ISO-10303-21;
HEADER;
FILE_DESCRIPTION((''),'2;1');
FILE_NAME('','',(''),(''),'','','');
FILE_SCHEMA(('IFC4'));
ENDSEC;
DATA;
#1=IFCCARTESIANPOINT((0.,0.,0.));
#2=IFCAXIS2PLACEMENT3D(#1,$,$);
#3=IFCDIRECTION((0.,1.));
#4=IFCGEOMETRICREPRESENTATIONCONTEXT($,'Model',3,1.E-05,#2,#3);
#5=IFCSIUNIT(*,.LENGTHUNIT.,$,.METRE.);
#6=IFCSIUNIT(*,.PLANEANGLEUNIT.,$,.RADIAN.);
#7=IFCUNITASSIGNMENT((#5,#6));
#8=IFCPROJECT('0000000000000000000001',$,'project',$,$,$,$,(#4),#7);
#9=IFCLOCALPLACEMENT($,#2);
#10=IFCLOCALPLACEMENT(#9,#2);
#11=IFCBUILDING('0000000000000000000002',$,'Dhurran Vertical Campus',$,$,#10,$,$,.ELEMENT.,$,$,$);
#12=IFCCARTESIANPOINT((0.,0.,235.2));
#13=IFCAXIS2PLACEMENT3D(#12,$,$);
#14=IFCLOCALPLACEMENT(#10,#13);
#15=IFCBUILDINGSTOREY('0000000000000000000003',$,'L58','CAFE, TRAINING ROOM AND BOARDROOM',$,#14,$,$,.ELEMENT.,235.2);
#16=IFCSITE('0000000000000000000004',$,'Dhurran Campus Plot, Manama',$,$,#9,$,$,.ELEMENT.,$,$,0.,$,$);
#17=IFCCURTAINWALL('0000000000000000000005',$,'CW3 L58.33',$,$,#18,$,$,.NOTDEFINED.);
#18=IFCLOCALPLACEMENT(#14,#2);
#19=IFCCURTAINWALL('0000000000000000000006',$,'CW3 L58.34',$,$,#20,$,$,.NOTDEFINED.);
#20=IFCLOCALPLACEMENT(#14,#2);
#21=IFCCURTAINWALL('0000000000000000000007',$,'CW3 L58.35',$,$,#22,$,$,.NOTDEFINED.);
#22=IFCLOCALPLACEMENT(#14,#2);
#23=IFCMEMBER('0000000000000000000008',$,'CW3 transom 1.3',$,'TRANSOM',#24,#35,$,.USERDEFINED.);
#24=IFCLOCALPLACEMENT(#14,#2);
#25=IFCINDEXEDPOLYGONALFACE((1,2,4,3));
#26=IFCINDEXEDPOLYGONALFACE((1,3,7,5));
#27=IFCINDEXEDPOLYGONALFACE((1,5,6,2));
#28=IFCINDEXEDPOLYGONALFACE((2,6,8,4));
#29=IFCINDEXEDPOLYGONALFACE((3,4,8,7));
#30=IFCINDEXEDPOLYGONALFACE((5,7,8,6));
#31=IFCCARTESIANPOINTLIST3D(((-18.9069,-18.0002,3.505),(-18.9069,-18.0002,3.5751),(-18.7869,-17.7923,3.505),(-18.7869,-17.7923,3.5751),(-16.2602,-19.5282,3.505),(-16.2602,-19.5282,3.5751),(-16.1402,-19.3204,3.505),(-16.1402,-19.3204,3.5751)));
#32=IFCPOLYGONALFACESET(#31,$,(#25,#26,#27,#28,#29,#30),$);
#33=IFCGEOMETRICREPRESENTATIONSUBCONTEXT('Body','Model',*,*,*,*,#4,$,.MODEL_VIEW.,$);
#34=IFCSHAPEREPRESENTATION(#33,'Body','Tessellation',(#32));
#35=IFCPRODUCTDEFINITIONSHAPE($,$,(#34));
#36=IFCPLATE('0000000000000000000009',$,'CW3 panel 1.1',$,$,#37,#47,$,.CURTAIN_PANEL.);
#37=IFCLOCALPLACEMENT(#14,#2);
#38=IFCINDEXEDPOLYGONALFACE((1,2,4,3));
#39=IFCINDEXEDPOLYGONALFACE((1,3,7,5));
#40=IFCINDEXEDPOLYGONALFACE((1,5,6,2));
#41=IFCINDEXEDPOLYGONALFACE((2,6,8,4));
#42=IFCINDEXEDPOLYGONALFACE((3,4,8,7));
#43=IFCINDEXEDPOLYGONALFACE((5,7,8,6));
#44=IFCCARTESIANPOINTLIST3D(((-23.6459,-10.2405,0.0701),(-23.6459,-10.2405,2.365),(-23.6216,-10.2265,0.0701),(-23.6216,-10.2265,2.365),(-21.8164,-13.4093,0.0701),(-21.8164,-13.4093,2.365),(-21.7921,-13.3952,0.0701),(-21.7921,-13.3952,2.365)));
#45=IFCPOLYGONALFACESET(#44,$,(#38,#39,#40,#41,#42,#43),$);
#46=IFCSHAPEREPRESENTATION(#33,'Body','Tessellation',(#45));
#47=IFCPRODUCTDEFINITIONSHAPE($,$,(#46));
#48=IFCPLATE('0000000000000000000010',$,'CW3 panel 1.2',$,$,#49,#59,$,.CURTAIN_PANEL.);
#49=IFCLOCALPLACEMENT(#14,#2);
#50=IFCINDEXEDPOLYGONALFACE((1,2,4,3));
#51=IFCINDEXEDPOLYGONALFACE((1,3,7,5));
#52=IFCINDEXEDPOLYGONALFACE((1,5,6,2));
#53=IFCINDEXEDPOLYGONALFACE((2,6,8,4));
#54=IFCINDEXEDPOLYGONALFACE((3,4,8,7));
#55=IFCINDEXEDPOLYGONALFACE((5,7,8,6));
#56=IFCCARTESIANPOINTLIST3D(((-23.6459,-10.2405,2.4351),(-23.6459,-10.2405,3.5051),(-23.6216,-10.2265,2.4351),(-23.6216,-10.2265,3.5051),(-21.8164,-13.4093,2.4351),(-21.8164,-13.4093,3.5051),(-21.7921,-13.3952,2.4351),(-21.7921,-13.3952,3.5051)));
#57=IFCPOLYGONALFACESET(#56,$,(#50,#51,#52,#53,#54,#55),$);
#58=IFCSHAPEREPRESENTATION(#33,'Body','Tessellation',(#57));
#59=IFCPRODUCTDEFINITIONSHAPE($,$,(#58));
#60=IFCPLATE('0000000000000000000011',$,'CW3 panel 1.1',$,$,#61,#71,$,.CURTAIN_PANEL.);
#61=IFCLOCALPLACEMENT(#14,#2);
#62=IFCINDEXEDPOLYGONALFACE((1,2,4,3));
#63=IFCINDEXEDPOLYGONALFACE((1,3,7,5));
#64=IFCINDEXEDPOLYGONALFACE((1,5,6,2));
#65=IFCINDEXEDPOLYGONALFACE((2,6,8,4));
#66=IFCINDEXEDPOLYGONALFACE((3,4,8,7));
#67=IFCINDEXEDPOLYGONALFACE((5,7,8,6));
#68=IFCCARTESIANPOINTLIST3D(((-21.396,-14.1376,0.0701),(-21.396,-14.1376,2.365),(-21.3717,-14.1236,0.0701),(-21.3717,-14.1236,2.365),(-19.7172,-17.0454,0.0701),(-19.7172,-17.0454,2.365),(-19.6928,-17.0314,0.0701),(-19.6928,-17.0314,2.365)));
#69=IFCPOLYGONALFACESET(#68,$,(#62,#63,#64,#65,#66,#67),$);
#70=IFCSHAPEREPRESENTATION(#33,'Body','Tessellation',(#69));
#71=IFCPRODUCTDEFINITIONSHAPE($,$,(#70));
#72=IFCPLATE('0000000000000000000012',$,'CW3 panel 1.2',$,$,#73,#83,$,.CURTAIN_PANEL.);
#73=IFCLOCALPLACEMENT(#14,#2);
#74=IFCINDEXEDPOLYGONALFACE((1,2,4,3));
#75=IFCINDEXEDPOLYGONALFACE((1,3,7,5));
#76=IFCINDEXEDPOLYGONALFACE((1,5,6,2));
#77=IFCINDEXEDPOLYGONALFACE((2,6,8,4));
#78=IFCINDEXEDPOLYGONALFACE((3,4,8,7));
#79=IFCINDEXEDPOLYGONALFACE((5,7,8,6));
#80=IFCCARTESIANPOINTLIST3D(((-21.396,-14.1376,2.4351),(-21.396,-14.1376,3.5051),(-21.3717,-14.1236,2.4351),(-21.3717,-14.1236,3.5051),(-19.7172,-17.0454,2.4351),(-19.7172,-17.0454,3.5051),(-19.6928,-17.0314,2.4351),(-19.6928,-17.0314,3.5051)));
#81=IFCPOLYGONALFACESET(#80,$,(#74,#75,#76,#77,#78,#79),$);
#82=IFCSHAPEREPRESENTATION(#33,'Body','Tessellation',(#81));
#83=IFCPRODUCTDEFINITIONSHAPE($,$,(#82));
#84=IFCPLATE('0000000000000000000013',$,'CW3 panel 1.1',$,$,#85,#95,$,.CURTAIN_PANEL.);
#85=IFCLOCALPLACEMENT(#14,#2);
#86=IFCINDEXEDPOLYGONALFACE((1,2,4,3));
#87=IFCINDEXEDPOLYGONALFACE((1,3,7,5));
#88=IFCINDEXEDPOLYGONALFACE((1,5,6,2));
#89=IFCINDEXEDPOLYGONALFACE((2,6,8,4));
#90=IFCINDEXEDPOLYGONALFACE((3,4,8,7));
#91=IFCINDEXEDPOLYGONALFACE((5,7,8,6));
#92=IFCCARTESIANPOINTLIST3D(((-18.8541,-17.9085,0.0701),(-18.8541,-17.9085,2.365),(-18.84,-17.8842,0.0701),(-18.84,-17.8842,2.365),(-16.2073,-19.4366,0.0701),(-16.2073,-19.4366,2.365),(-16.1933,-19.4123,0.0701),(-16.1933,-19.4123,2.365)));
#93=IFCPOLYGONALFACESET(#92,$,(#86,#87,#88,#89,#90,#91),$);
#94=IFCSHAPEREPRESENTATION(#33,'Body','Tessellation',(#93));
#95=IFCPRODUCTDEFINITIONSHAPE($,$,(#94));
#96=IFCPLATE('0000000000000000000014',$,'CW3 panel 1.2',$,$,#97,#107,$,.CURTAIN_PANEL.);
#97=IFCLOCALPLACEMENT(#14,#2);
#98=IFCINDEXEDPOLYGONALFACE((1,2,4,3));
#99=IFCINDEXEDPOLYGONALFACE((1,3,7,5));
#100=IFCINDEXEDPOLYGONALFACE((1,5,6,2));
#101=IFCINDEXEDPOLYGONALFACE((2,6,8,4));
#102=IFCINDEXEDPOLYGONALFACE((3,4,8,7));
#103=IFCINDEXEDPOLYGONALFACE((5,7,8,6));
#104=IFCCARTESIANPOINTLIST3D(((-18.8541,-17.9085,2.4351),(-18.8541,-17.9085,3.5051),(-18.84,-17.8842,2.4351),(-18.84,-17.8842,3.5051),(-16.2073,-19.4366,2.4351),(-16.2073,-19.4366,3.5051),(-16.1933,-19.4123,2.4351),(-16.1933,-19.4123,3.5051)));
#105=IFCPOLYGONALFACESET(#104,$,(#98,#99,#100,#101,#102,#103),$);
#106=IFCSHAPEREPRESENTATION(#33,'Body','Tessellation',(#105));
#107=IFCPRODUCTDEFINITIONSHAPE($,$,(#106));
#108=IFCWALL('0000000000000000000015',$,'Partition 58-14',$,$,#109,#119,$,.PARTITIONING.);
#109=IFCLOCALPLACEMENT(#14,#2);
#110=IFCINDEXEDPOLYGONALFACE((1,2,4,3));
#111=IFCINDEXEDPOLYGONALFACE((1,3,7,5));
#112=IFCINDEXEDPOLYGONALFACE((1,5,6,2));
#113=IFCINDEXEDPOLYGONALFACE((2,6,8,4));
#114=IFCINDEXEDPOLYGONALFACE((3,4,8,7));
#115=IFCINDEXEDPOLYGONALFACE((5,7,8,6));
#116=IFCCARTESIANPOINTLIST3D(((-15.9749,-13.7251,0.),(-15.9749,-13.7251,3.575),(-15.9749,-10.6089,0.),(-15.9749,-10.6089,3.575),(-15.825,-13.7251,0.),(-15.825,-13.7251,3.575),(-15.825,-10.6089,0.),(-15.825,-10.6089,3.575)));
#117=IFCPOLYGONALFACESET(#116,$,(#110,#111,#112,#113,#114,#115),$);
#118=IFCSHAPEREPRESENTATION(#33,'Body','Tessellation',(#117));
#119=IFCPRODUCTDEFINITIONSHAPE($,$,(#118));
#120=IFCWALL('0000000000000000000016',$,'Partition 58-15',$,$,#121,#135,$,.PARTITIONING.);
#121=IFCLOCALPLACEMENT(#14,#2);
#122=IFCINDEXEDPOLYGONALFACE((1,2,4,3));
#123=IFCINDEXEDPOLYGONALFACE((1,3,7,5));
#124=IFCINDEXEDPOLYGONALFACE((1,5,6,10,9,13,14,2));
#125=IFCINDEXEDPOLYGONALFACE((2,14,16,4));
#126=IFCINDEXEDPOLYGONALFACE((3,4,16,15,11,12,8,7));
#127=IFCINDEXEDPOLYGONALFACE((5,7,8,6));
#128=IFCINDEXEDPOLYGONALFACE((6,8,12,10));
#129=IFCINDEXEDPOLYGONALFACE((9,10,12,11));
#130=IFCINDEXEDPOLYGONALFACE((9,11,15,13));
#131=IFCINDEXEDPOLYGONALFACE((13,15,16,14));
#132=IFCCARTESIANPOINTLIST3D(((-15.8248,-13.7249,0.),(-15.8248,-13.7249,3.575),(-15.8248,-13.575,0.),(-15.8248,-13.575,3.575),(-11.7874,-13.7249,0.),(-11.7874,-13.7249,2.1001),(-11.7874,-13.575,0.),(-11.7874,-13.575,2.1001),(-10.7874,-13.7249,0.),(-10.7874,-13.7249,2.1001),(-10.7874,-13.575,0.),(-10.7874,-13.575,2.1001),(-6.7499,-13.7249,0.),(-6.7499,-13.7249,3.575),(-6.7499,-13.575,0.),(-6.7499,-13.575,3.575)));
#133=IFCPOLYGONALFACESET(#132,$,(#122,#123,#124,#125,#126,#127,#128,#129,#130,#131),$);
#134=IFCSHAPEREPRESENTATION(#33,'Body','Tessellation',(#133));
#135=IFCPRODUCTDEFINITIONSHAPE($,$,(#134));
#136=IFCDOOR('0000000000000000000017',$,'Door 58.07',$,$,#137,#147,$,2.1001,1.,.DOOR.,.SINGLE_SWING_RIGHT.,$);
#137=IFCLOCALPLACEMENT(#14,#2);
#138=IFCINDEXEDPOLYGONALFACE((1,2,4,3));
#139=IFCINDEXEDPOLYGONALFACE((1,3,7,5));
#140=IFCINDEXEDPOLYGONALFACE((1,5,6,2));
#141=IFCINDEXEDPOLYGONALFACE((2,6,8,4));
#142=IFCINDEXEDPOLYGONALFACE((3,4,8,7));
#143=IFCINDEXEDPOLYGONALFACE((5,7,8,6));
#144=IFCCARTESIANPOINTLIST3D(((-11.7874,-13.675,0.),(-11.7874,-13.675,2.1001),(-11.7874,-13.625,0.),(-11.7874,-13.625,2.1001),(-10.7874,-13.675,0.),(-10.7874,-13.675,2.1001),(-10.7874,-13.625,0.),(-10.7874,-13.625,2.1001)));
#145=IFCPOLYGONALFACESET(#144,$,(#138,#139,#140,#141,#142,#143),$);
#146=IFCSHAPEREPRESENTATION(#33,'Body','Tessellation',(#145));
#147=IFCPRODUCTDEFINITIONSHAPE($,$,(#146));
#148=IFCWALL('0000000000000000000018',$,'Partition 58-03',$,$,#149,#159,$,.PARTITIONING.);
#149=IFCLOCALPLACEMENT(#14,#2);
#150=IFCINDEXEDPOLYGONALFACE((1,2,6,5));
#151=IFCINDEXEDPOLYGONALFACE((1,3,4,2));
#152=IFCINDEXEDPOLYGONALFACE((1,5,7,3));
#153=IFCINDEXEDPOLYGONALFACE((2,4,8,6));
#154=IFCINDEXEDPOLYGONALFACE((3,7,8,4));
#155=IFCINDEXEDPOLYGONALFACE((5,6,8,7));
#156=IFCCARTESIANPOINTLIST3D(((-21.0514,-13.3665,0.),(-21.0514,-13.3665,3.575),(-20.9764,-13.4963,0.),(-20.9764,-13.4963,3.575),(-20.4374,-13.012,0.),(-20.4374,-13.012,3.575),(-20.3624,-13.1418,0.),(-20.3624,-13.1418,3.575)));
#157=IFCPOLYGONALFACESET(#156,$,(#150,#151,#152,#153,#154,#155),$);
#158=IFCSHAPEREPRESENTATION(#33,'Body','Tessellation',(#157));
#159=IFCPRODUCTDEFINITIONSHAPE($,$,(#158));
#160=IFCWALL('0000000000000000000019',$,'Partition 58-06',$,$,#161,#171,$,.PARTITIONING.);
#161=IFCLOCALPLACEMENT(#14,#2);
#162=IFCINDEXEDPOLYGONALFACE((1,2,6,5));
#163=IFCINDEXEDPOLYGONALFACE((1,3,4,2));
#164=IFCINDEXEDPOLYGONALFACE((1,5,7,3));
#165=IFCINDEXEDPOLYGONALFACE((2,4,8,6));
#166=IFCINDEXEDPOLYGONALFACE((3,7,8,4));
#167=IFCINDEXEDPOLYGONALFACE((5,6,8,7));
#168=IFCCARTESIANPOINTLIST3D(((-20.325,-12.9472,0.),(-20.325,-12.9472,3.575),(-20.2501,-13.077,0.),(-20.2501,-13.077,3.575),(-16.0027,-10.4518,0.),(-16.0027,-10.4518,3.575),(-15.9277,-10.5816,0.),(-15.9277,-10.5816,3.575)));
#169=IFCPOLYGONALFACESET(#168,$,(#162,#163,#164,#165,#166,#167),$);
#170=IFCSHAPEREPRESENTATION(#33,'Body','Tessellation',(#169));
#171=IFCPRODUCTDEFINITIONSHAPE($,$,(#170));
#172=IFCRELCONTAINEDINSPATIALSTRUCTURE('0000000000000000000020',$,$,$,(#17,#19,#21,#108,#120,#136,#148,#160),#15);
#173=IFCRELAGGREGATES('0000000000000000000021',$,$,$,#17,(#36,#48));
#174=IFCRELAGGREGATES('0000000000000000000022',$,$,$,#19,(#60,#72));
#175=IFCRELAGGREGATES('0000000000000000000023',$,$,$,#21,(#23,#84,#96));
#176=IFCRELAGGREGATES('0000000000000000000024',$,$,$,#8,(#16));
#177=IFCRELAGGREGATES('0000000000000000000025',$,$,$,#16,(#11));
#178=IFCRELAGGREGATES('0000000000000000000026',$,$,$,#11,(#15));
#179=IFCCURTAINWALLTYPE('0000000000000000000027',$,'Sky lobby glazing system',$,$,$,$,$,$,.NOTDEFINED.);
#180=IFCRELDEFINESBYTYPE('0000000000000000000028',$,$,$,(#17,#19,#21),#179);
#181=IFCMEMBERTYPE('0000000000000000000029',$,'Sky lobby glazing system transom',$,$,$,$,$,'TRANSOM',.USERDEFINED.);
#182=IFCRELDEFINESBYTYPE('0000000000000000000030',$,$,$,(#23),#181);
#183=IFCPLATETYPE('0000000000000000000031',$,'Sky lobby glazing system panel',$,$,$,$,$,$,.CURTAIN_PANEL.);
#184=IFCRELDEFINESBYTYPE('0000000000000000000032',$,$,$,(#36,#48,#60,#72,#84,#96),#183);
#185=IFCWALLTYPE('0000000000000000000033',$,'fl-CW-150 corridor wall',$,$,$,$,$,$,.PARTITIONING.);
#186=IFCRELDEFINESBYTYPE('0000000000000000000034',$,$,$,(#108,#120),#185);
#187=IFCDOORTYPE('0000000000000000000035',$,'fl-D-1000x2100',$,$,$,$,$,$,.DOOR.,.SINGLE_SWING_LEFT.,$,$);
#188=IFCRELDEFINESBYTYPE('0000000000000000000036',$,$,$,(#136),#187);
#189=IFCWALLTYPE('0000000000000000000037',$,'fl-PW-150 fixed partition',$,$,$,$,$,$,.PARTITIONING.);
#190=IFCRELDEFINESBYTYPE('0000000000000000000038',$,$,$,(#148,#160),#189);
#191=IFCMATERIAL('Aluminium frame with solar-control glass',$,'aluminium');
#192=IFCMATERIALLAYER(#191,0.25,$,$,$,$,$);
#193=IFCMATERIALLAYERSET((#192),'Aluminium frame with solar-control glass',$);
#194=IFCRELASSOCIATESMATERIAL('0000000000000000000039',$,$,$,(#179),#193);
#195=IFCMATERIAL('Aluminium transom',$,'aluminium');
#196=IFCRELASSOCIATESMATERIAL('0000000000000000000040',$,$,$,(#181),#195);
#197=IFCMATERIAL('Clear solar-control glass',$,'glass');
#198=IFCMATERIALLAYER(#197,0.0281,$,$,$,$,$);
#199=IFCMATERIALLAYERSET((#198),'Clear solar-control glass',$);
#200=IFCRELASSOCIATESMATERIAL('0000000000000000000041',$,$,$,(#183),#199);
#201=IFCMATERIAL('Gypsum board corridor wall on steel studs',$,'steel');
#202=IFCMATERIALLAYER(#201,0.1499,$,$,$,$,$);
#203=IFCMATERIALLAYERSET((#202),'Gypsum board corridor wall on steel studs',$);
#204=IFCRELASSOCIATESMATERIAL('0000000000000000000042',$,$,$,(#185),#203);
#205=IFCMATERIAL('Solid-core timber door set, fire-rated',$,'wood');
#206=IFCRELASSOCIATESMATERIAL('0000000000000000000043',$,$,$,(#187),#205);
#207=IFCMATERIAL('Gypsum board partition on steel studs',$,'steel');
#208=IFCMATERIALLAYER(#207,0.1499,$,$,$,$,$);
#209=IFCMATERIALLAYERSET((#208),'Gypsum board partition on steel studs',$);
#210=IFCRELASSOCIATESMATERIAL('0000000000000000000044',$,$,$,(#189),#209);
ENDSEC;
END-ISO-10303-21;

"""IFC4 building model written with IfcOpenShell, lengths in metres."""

from ifc_helpers import new_model, si_unit, direction, frame, frame_2d, origin, origin_2d, place, context, subcontext, project, spatial, rectangle, extrude, material, layer, layer_set, material_profile, profile_set, type_object, element, fill, aggregate, save


model = new_model("IFC4")

# Units and contexts
model_context = context("Model", 3, precision=1e-05, world=origin(), true_north=direction((0.0, 1.0)))
body_context = subcontext(model_context, "Body", "Model", "MODEL_VIEW")
ifc_project = project(units=[si_unit("LENGTHUNIT", "METRE"), si_unit("PLANEANGLEUNIT", "RADIAN")], contexts=[model_context])

# Site, building, storey
site_placement = place(None, origin())
site = spatial("IfcSite", under=ifc_project, at=site_placement, Name="Dhurran Campus Plot, Manama", CompositionType="ELEMENT", RefElevation=0.0)
building_placement = place(site_placement, origin())
building = spatial("IfcBuilding", under=site, at=building_placement, Name="Dhurran Vertical Campus", CompositionType="ELEMENT")
storey_placement = place(building_placement, frame((0.0, 0.0, 235.2)))
storey = spatial("IfcBuildingStorey", under=building, at=storey_placement, Name="L58", Description="CAFE, TRAINING ROOM AND BOARDROOM", CompositionType="ELEMENT", Elevation=235.2)

# Curtain wall
ifc_material_1 = material(Name="Aluminium frame with solar-control glass", Category="aluminium")
ifc_layer_1 = layer(ifc_material_1, 0.25)
ifc_layer_set_1 = layer_set([ifc_layer_1], Name="Aluminium frame with solar-control glass")
curtain_wall_type = type_object("IfcCurtainWallType", Name="Sky lobby glazing system", PredefinedType="NOTDEFINED", material=ifc_layer_set_1)
curtain_wall_1_placement = place(storey_placement, origin())
curtain_wall_1 = element("IfcCurtainWall", 1, at=curtain_wall_1_placement, inside=storey, type_object=curtain_wall_type, Name="CW3 L58.33", PredefinedType="NOTDEFINED")

# Curtain walls
curtain_wall_2_placement = place(storey_placement, origin())
curtain_wall_2 = element("IfcCurtainWall", 2, at=curtain_wall_2_placement, inside=storey, type_object=curtain_wall_type, Name="CW3 L58.34", PredefinedType="NOTDEFINED")
curtain_wall_3_placement = place(storey_placement, origin())
curtain_wall_3 = element("IfcCurtainWall", 3, at=curtain_wall_3_placement, inside=storey, type_object=curtain_wall_type, Name="CW3 L58.35", PredefinedType="NOTDEFINED")

# Member
ifc_material_2 = material(Name="Aluminium transom", Category="aluminium")
ifc_material_profile_1 = material_profile(ifc_material_2, rectangle(XDim=0.24, YDim=0.0701, at=origin_2d()), Name="Sky lobby glazing system transom")
ifc_profile_set_1 = profile_set([ifc_material_profile_1], Name="Aluminium transom")
member_type_1 = type_object("IfcMemberType", Name="Sky lobby glazing system transom", ElementType="TRANSOM", PredefinedType="USERDEFINED", material=ifc_profile_set_1)
member_1_placement = place(storey_placement, frame((-18.8469, -17.8962, 3.54), z_axis=(0.866027, -0.499997, 0.0), x_axis=(0.499997, 0.866027, 0.0)))
member_1 = element("IfcMember", 4, at=member_1_placement, type_object=member_type_1, Name="CW3 transom 1.3", ObjectType="TRANSOM", PredefinedType="USERDEFINED", context=body_context, shape_type="SweptSolid", body=[
    extrude(rectangle(XDim=0.24, YDim=0.0701, at=origin_2d()), origin(), (0.0, 0.0, 1.0), 3.0562),
])

# Plates
ifc_material_3 = material(Name="Clear solar-control glass", Category="glass")
ifc_layer_2 = layer(ifc_material_3, 0.0281)
ifc_layer_set_2 = layer_set([ifc_layer_2], Name="Clear solar-control glass")
plate_type = type_object("IfcPlateType", Name="Sky lobby glazing system panel", PredefinedType="CURTAIN_PANEL", material=ifc_layer_set_2)
plate_1_placement = place(storey_placement, frame((-22.719, -11.8179, 0.0701), z_axis=(0.0, 0.0, 1.0), x_axis=(0.500003, -0.866023, 0.0)))
plate_1 = element("IfcPlate", 5, at=plate_1_placement, type_object=plate_type, Name="CW3 panel 1.1", PredefinedType="CURTAIN_PANEL", context=body_context, shape_type="SweptSolid", body=[
    extrude(rectangle(XDim=3.6589, YDim=0.0281, at=origin_2d()), origin(), (0.0, 0.0, 1.0), 2.2949),
])
plate_2_placement = place(storey_placement, frame((-22.719, -11.8179, 2.4351), z_axis=(0.0, 0.0, 1.0), x_axis=(0.500003, -0.866023, 0.0)))
plate_2 = element("IfcPlate", 6, at=plate_2_placement, type_object=plate_type, Name="CW3 panel 1.2", PredefinedType="CURTAIN_PANEL", context=body_context, shape_type="SweptSolid", body=[
    extrude(rectangle(XDim=3.6589, YDim=0.0281, at=origin_2d()), origin(), (0.0, 0.0, 1.0), 1.0701),
])
aggregate(curtain_wall_1, [plate_1, plate_2])
plate_3_placement = place(storey_placement, frame((-20.5444, -15.5845, 0.0701), z_axis=(0.0, 0.0, 1.0), x_axis=(0.50001, -0.866019, 0.0)))
plate_3 = element("IfcPlate", 7, at=plate_3_placement, type_object=plate_type, Name="CW3 panel 1.1", PredefinedType="CURTAIN_PANEL", context=body_context, shape_type="SweptSolid", body=[
    extrude(rectangle(XDim=3.3577, YDim=0.0281, at=origin_2d()), origin(), (0.0, 0.0, 1.0), 2.2949),
])
plate_4_placement = place(storey_placement, frame((-20.5444, -15.5845, 2.4351), z_axis=(0.0, 0.0, 1.0), x_axis=(0.50001, -0.866019, 0.0)))
plate_4 = element("IfcPlate", 8, at=plate_4_placement, type_object=plate_type, Name="CW3 panel 1.2", PredefinedType="CURTAIN_PANEL", context=body_context, shape_type="SweptSolid", body=[
    extrude(rectangle(XDim=3.3577, YDim=0.0281, at=origin_2d()), origin(), (0.0, 0.0, 1.0), 1.0701),
])
aggregate(curtain_wall_2, [plate_3, plate_4])
plate_5_placement = place(storey_placement, frame((-17.5237, -18.6604, 0.0701), z_axis=(0.0, 0.0, 1.0), x_axis=(0.866026, -0.499999, 0.0)))
plate_5 = element("IfcPlate", 9, at=plate_5_placement, type_object=plate_type, Name="CW3 panel 1.1", PredefinedType="CURTAIN_PANEL", context=body_context, shape_type="SweptSolid", body=[
    extrude(rectangle(XDim=3.0562, YDim=0.0281, at=origin_2d()), origin(), (0.0, 0.0, 1.0), 2.2949),
])
plate_6_placement = place(storey_placement, frame((-17.5237, -18.6604, 2.4351), z_axis=(0.0, 0.0, 1.0), x_axis=(0.866026, -0.499999, 0.0)))
plate_6 = element("IfcPlate", 10, at=plate_6_placement, type_object=plate_type, Name="CW3 panel 1.2", PredefinedType="CURTAIN_PANEL", context=body_context, shape_type="SweptSolid", body=[
    extrude(rectangle(XDim=3.0562, YDim=0.0281, at=origin_2d()), origin(), (0.0, 0.0, 1.0), 1.0701),
])
aggregate(curtain_wall_3, [member_1, plate_5, plate_6])

# Wall
ifc_material_4 = material(Name="Gypsum board corridor wall on steel studs", Category="steel")
ifc_layer_3 = layer(ifc_material_4, 0.1499)
ifc_layer_set_3 = layer_set([ifc_layer_3], Name="Gypsum board corridor wall on steel studs")
wall_type_1 = type_object("IfcWallType", Name="fl-CW-150 corridor wall", PredefinedType="PARTITIONING", material=ifc_layer_set_3)
wall_1_placement = place(storey_placement, frame((-15.8999, -10.6089, 0.0), z_axis=(0.0, 0.0, 1.0), x_axis=(0.0, -1.0, 0.0)))
element("IfcWall", 11, at=wall_1_placement, inside=storey, type_object=wall_type_1, Name="Partition 58-14", PredefinedType="PARTITIONING", context=body_context, shape_type="SweptSolid", body=[
    extrude(rectangle(XDim=3.1162, YDim=0.1499, at=frame_2d((1.5581, 0.0))), origin(), (0.0, 0.0, 1.0), 3.575),
])

# Wall, opening, door
wall_2_placement = place(storey_placement, frame((-15.825, -13.6499, 0.0), z_axis=(0.0, 0.0, 1.0), x_axis=(1.0, 0.0, 0.0)))
wall_2 = element("IfcWall", 12, at=wall_2_placement, inside=storey, type_object=wall_type_1, Name="Partition 58-15", PredefinedType="PARTITIONING", context=body_context, shape_type="SweptSolid", body=[
    extrude(rectangle(XDim=9.075, YDim=0.1499, at=frame_2d((4.5376, 0.0))), origin(), (0.0, 0.0, 1.0), 3.575),
])
opening_placement = place(wall_2_placement, frame((4.0376, 0.0, 0.0)))
opening = element("IfcOpeningElement", 13, at=opening_placement, cuts=wall_2, PredefinedType="OPENING", context=body_context, shape_type="SweptSolid", body=[
    extrude(rectangle(XDim=1.0, YDim=2.1001, at=frame_2d((0.5, 1.05))), frame((0.0, 0.085, 0.0), z_axis=(0.0, -1.0, 0.0), x_axis=(1.0, 0.0, 0.0)), (0.0, 0.0, 1.0), 0.1699),
])
ifc_material_5 = material(Name="Solid-core timber door set, fire-rated", Category="wood")
door_type = type_object("IfcDoorType", Name="fl-D-1000x2100", OperationType="SINGLE_SWING_LEFT", PredefinedType="DOOR", material=ifc_material_5)
door_placement = place(opening_placement, origin())
door = element("IfcDoor", 14, at=door_placement, inside=storey, type_object=door_type, Name="Door 58.07", OperationType="SINGLE_SWING_RIGHT", OverallHeight=2.1001, OverallWidth=1.0, PredefinedType="DOOR", context=body_context, shape_type="SweptSolid", body=[
    extrude(rectangle(XDim=1.0, YDim=2.1001, at=frame_2d((0.5, 1.05))), frame((0.0, 0.0249, 0.0), z_axis=(0.0, -1.0, 0.0), x_axis=(1.0, 0.0, 0.0)), (0.0, 0.0, 1.0), 0.05),
])
fill(opening, door)

# Walls
ifc_material_6 = material(Name="Gypsum board partition on steel studs", Category="steel")
ifc_layer_4 = layer(ifc_material_6, 0.1499)
ifc_layer_set_4 = layer_set([ifc_layer_4], Name="Gypsum board partition on steel studs")
wall_type_2 = type_object("IfcWallType", Name="fl-PW-150 fixed partition", PredefinedType="PARTITIONING", material=ifc_layer_set_4)
wall_3_placement = place(storey_placement, frame((-20.3999, -13.0769, 0.0), z_axis=(0.0, 0.0, 1.0), x_axis=(-0.866031, -0.499991, 0.0)))
element("IfcWall", 15, at=wall_3_placement, inside=storey, type_object=wall_type_2, Name="Partition 58-03", PredefinedType="PARTITIONING", context=body_context, shape_type="SweptSolid", body=[
    extrude(rectangle(XDim=0.709, YDim=0.1499, at=frame_2d((0.3545, 0.0))), origin(), (0.0, 0.0, 1.0), 3.575),
])
wall_4_placement = place(storey_placement, frame((-15.9651, -10.5166, 0.0), z_axis=(0.0, 0.0, 1.0), x_axis=(-0.866034, -0.499985, 0.0)))
element("IfcWall", 16, at=wall_4_placement, inside=storey, type_object=wall_type_2, Name="Partition 58-06", PredefinedType="PARTITIONING", context=body_context, shape_type="SweptSolid", body=[
    extrude(rectangle(XDim=4.991, YDim=0.1499, at=frame_2d((2.4956, 0.0))), origin(), (0.0, 0.0, 1.0), 3.575),
])

save(model, "model.ifc")
